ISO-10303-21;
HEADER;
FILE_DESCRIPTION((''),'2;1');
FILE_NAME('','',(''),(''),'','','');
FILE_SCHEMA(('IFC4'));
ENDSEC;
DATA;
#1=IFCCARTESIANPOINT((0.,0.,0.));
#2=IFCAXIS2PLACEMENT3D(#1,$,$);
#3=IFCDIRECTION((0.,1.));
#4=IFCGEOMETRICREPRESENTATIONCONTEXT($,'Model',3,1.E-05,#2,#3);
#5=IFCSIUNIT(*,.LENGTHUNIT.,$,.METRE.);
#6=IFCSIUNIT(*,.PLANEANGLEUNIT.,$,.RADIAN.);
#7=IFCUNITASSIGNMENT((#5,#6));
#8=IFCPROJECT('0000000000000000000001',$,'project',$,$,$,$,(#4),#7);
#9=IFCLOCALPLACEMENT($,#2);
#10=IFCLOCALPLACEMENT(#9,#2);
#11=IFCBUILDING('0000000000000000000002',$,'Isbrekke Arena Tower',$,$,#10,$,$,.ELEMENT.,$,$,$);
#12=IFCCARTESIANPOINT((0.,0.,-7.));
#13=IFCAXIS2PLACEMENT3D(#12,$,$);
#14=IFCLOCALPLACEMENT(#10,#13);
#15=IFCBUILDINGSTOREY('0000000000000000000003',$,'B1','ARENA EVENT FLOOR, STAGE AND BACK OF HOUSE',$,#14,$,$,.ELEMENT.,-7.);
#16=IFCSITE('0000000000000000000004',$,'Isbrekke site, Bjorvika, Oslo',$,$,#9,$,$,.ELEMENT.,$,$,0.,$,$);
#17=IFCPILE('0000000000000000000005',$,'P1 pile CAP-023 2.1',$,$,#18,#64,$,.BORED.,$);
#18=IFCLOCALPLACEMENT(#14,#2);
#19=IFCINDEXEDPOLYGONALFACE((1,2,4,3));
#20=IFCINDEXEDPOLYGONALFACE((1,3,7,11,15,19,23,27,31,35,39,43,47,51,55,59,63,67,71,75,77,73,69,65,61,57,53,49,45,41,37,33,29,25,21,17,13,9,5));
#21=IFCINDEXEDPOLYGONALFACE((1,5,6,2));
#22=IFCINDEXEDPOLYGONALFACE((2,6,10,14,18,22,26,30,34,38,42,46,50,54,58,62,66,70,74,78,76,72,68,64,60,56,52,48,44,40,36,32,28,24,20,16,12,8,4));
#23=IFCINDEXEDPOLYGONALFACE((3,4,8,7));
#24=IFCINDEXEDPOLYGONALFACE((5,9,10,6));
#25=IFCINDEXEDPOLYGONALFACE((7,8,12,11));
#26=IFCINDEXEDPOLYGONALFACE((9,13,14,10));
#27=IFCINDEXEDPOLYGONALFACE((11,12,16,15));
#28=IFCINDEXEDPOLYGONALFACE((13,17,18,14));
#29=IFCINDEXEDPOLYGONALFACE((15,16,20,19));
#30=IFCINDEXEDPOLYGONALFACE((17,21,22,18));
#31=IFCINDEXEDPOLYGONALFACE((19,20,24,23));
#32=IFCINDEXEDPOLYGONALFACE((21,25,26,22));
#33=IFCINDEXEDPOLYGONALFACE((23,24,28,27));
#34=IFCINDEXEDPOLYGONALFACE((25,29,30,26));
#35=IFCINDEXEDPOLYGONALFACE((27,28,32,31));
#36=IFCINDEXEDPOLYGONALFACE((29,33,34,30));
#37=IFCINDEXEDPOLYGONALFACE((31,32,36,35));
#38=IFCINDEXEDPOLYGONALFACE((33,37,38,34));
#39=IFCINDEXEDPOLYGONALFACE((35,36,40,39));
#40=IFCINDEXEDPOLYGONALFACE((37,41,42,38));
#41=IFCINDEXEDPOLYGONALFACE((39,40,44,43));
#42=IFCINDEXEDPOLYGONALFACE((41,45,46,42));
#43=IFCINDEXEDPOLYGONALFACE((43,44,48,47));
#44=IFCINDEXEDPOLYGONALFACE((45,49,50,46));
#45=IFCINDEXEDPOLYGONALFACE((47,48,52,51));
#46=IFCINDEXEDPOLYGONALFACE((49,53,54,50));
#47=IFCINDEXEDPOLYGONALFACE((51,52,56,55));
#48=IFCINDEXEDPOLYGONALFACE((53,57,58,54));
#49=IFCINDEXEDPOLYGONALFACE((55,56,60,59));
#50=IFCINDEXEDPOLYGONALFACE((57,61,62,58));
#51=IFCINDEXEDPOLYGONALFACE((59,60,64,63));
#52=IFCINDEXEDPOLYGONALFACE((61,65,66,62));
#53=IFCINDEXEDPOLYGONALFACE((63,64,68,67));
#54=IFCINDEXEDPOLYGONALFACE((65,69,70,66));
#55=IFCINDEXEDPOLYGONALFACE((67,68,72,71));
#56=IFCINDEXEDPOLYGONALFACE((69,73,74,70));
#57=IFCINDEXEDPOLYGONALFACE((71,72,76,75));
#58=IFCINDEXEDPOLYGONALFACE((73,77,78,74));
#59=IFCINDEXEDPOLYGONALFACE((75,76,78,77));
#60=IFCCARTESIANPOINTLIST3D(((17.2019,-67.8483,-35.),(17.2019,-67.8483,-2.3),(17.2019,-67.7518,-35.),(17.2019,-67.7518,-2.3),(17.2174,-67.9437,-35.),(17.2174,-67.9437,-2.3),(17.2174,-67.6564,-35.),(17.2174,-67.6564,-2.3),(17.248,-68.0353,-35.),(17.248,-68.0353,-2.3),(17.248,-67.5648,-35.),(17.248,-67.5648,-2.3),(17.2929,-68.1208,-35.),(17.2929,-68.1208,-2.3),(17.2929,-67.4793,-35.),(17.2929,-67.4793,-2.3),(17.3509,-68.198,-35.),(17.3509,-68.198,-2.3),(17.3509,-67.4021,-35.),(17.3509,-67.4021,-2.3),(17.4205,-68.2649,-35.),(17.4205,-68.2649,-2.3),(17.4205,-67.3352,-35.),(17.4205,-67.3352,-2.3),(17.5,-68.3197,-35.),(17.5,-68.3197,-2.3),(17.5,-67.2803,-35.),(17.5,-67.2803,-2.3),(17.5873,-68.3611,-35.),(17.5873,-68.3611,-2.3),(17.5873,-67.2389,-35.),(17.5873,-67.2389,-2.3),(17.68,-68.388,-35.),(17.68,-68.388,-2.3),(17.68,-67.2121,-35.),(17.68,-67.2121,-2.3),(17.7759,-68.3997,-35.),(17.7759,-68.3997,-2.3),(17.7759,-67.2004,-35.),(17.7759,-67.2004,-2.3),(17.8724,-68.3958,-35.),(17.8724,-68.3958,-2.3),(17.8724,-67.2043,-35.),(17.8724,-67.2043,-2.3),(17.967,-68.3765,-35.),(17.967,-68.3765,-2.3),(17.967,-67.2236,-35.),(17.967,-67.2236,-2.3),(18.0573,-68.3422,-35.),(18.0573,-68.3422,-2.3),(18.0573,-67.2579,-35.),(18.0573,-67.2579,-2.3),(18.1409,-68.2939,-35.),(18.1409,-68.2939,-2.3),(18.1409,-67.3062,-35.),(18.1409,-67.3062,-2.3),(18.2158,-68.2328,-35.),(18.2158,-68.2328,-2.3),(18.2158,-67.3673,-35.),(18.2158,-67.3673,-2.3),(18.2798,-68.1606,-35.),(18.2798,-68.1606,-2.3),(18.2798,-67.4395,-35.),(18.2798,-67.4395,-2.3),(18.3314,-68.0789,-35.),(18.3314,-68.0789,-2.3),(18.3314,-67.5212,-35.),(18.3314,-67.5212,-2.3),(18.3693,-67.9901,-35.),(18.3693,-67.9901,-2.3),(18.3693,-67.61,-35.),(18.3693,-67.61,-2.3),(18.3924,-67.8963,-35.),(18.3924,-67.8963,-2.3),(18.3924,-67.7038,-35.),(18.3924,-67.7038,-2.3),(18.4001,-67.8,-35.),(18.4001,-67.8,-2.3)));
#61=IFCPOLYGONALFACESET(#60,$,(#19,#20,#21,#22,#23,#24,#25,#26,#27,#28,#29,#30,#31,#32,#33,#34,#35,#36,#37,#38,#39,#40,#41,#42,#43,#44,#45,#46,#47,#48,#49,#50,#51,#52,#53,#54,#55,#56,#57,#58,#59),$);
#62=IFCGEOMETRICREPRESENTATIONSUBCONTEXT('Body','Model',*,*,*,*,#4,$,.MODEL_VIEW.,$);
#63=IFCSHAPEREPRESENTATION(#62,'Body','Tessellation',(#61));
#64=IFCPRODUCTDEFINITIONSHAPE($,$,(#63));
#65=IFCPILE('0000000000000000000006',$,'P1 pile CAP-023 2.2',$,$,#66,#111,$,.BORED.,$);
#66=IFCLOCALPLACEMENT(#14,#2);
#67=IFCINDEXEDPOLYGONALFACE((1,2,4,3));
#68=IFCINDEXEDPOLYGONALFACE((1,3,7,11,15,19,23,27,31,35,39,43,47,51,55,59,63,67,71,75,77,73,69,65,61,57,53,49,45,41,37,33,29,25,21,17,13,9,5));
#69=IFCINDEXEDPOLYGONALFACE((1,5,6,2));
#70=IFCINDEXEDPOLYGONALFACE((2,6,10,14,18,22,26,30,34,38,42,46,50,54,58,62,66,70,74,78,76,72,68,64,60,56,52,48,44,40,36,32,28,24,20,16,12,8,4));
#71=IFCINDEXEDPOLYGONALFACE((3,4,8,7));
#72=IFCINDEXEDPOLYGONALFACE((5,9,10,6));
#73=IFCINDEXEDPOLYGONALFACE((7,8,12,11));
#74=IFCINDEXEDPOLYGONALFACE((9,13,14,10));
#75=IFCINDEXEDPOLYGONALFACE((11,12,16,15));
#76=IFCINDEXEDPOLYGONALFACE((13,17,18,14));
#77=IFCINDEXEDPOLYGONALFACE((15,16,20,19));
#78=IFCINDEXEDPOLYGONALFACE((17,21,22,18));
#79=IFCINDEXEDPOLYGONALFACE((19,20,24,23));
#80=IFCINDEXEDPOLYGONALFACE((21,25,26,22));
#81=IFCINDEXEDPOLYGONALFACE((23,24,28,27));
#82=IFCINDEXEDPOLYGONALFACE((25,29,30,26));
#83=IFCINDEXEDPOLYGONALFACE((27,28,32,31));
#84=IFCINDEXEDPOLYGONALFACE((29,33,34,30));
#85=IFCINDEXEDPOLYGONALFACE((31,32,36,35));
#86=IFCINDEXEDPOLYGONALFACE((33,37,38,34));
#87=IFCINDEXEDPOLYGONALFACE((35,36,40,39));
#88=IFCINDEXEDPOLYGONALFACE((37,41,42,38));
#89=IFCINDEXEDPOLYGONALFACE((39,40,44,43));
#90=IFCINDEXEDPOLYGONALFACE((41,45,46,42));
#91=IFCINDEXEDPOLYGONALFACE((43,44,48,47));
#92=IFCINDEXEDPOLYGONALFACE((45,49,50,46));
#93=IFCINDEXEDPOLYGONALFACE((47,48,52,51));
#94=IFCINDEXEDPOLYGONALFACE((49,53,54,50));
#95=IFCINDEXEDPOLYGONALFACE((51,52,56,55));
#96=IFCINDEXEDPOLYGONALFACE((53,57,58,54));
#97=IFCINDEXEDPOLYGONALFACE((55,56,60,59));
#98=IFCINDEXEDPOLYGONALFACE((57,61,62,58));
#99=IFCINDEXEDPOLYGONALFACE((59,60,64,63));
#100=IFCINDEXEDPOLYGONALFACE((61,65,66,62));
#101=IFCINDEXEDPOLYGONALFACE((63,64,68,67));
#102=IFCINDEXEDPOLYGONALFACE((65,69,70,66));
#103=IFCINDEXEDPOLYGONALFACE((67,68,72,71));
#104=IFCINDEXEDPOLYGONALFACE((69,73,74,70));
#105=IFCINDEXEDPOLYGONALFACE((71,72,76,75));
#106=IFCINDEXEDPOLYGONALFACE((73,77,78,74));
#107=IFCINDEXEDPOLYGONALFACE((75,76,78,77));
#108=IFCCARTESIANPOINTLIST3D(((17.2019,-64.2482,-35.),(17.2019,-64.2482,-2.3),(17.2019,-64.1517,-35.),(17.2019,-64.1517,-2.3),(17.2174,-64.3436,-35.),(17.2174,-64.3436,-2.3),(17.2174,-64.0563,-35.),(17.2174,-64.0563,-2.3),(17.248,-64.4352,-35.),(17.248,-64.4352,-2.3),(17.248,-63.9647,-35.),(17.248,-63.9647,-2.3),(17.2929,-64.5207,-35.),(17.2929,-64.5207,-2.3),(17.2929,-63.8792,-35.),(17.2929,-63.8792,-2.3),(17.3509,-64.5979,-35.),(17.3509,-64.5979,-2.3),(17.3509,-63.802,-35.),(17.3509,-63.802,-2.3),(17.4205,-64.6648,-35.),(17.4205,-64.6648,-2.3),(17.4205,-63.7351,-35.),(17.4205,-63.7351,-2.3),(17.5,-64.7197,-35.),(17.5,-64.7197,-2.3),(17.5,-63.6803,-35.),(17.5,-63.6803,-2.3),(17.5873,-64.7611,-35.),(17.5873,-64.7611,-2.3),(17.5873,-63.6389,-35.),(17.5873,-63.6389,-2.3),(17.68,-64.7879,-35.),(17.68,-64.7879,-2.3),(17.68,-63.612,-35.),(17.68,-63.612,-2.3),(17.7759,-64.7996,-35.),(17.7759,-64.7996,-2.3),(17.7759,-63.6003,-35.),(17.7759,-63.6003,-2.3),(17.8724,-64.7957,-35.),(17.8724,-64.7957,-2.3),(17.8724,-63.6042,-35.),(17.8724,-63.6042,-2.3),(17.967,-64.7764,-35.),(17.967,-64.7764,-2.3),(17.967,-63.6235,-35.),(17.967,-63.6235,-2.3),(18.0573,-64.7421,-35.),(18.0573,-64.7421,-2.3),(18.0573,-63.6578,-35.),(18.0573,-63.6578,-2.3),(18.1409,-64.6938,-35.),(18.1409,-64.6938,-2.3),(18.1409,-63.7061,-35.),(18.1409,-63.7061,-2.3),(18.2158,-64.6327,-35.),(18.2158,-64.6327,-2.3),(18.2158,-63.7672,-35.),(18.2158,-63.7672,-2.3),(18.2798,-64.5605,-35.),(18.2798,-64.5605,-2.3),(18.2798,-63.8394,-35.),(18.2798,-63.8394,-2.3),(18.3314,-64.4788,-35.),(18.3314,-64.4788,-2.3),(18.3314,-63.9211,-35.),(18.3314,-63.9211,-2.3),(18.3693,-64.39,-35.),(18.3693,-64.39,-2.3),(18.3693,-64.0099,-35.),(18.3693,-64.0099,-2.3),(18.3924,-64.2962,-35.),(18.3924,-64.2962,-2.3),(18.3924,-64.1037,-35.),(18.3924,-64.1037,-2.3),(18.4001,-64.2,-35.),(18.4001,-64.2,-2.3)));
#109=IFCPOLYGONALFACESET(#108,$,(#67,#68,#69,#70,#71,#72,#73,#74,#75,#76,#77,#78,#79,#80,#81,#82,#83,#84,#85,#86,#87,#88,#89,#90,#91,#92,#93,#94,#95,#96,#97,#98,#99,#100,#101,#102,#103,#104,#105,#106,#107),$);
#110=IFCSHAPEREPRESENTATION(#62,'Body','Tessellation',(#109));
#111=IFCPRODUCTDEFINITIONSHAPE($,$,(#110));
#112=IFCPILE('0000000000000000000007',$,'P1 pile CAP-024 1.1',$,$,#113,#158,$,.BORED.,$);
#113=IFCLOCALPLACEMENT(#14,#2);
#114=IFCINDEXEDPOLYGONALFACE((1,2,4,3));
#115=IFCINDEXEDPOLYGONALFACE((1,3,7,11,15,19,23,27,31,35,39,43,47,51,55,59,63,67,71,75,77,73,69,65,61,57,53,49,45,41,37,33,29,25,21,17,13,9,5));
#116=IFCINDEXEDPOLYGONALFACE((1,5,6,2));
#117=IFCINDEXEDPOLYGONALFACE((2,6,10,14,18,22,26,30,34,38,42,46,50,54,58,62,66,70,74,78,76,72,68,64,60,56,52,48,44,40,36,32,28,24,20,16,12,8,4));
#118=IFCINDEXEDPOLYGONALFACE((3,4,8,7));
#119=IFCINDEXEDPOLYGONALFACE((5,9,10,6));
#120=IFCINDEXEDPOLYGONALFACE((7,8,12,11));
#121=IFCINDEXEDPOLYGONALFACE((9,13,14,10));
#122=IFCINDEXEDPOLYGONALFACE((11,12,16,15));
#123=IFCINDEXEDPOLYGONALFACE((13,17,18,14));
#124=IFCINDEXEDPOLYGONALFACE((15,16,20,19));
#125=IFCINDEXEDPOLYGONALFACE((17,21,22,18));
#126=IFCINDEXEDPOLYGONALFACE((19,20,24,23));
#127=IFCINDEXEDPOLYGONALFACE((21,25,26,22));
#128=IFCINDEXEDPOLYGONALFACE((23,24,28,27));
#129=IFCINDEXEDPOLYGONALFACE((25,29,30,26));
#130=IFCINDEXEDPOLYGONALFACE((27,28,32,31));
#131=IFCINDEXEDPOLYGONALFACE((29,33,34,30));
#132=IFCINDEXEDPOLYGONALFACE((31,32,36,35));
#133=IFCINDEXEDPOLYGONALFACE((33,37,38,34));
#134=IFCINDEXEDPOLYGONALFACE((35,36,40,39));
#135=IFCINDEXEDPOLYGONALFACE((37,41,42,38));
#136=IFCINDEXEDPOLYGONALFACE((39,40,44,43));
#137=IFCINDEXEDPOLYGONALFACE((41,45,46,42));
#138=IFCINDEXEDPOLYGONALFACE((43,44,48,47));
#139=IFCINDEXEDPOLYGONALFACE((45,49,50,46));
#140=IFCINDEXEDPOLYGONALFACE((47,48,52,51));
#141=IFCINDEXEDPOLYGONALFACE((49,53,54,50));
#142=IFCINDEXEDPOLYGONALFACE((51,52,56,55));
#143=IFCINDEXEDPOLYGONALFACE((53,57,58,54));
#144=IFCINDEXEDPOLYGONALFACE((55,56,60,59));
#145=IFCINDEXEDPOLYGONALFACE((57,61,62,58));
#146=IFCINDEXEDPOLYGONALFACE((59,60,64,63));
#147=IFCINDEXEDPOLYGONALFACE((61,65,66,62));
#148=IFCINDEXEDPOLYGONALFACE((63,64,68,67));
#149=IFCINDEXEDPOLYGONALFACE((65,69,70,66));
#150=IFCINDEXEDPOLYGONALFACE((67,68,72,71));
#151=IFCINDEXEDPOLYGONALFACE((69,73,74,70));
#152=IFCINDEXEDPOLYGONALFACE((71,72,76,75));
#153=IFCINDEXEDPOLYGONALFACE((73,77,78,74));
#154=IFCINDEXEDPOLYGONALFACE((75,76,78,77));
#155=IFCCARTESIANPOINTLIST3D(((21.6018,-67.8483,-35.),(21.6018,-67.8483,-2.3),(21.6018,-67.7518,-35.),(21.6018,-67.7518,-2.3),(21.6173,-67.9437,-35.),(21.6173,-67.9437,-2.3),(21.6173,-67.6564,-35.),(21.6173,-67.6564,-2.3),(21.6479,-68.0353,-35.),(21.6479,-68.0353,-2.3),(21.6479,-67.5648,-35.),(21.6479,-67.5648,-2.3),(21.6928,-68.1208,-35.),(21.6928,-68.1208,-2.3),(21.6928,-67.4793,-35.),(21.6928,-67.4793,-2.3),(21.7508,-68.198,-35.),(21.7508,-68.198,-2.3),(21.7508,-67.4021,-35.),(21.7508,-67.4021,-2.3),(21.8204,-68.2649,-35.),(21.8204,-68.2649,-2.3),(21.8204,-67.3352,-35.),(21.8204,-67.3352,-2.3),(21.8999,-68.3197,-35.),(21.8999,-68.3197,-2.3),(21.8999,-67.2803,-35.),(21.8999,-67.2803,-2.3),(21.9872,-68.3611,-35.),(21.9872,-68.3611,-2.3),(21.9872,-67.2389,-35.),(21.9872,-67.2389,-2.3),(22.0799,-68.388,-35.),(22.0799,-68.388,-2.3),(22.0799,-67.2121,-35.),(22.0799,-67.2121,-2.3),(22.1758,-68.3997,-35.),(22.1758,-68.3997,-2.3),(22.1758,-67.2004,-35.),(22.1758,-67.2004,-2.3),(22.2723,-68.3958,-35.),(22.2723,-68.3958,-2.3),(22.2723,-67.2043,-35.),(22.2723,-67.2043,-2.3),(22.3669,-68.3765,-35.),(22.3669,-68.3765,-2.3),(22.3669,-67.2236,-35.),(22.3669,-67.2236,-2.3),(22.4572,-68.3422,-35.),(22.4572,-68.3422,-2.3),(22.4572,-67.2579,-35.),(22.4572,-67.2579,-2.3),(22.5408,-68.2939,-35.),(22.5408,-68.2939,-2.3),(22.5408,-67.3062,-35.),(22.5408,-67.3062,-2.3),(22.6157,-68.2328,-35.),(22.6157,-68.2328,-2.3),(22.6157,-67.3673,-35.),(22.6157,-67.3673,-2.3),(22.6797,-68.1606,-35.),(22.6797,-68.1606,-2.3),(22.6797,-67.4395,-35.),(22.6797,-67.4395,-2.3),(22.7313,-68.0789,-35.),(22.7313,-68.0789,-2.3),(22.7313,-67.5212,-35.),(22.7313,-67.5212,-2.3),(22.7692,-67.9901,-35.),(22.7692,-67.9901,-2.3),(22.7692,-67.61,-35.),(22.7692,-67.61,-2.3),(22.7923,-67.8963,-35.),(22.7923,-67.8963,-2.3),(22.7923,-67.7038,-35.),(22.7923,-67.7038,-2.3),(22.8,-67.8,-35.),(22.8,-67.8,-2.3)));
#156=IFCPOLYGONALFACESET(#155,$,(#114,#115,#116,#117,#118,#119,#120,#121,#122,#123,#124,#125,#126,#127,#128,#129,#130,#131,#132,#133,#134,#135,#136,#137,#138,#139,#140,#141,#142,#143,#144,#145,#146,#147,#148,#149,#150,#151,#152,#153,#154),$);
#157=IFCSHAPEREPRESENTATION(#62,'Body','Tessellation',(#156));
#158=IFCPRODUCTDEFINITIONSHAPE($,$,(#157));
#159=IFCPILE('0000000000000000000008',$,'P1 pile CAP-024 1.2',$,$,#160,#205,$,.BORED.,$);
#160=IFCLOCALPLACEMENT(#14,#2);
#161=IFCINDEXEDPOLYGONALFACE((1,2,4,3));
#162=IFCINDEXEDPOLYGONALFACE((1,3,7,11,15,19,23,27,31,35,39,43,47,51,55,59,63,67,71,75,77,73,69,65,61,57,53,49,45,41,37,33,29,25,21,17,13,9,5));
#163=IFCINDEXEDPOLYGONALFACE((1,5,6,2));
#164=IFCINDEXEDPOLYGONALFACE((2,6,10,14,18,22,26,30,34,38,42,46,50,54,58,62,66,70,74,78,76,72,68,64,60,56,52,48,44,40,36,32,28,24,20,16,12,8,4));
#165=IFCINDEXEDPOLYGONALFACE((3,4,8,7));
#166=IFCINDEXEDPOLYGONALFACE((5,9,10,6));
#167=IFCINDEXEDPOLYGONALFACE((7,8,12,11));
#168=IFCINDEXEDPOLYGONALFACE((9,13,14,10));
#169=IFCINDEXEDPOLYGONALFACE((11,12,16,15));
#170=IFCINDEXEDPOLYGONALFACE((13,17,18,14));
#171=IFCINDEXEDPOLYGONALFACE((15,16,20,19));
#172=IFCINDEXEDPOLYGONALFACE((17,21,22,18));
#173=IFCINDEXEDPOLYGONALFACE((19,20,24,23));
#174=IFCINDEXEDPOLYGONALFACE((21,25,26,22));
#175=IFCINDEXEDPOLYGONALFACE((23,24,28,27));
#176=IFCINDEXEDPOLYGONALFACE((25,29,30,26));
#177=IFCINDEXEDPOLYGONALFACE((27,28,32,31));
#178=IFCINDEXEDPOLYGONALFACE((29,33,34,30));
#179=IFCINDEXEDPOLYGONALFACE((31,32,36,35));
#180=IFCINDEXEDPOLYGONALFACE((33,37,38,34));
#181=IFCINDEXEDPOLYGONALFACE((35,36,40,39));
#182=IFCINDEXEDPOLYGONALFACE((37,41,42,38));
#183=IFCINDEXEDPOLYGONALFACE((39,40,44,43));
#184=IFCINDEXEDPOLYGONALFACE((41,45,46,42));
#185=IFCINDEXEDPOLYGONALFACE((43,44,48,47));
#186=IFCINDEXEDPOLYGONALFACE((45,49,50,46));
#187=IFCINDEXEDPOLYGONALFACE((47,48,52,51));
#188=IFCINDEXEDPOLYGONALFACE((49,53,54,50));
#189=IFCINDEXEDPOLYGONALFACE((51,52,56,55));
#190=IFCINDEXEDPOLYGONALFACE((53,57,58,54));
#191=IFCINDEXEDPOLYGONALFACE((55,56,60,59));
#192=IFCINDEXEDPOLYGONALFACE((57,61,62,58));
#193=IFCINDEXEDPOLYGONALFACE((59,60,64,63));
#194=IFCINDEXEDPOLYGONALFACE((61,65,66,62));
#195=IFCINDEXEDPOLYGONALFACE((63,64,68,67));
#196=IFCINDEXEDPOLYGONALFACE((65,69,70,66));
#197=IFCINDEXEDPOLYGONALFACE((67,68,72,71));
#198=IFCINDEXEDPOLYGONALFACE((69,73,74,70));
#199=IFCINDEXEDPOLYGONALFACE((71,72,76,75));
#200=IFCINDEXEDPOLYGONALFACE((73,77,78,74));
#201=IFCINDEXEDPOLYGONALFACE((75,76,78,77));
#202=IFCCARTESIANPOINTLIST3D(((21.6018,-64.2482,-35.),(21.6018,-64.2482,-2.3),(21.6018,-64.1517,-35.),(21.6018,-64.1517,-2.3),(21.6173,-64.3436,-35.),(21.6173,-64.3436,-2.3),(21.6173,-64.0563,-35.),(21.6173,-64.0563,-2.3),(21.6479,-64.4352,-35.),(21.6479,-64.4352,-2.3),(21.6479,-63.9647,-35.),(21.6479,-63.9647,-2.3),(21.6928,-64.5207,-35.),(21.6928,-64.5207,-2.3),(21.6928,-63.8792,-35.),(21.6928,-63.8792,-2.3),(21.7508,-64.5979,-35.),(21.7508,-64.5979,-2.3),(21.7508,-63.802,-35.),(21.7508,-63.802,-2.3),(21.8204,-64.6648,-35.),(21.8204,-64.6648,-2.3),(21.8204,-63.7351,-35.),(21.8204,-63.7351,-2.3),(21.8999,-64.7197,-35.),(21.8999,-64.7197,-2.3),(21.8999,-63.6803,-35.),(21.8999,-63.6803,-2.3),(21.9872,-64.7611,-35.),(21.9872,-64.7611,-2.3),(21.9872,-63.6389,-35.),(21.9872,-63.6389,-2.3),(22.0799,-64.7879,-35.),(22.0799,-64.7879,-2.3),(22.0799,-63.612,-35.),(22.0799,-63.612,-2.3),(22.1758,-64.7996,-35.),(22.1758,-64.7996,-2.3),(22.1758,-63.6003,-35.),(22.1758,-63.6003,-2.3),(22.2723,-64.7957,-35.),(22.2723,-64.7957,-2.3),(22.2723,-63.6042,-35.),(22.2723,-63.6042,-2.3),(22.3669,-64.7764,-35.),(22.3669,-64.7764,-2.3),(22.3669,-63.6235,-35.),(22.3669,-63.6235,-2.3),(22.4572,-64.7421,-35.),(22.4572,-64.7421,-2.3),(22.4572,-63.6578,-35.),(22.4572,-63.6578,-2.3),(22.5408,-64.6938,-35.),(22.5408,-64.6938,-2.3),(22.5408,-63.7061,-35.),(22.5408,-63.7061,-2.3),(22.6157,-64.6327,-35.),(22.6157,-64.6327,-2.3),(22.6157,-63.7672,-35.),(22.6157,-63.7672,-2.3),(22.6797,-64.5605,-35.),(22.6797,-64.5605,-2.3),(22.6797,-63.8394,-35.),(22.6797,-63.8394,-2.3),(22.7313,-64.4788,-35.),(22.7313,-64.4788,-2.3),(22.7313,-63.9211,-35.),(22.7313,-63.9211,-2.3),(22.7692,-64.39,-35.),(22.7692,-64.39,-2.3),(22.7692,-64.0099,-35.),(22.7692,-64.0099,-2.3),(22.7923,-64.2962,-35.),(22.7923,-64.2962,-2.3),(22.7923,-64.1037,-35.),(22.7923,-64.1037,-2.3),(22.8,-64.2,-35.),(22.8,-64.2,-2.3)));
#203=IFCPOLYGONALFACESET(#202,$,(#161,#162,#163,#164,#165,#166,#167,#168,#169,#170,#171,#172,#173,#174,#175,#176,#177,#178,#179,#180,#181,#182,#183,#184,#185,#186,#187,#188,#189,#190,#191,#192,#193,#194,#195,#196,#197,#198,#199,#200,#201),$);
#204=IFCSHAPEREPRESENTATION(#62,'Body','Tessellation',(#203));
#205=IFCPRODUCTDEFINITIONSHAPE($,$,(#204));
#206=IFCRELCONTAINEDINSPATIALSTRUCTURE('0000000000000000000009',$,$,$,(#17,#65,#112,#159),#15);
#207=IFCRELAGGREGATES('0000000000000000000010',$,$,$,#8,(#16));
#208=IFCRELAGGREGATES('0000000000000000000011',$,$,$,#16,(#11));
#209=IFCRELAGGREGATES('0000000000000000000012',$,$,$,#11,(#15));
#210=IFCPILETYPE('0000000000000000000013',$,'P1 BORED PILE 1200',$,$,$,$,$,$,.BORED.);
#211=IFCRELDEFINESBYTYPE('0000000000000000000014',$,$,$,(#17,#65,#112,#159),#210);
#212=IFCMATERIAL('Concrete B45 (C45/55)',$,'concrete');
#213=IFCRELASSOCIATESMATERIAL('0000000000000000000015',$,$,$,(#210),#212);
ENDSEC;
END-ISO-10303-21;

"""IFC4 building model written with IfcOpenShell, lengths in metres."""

from ifc_helpers import new_model, si_unit, direction, frame, origin, origin_2d, place, context, subcontext, project, spatial, circle, extrude, material, material_profile, profile_set, type_object, element, save


model = new_model("IFC4")

# Units and contexts
model_context = context("Model", 3, precision=1e-05, world=origin(), true_north=direction((0.0, 1.0)))
body_context = subcontext(model_context, "Body", "Model", "MODEL_VIEW")
ifc_project = project(units=[si_unit("LENGTHUNIT", "METRE"), si_unit("PLANEANGLEUNIT", "RADIAN")], contexts=[model_context])

# Site, building, storey
site_placement = place(None, origin())
site = spatial("IfcSite", under=ifc_project, at=site_placement, Name="Isbrekke site, Bjorvika, Oslo", CompositionType="ELEMENT", RefElevation=0.0)
building_placement = place(site_placement, origin())
building = spatial("IfcBuilding", under=site, at=building_placement, Name="Isbrekke Arena Tower", CompositionType="ELEMENT")
storey_placement = place(building_placement, frame((0.0, 0.0, -7.0)))
storey = spatial("IfcBuildingStorey", under=building, at=storey_placement, Name="B1", Description="ARENA EVENT FLOOR, STAGE AND BACK OF HOUSE", CompositionType="ELEMENT", Elevation=-7.0)

# Piles
ifc_material_1 = material(Name="Concrete B45 (C45/55)", Category="concrete")
ifc_material_profile_1 = material_profile(ifc_material_1, circle(Radius=0.6001, at=origin_2d()), Name="BORED PILE D1200")
ifc_profile_set_1 = profile_set([ifc_material_profile_1], Name="Concrete B45 (C45/55)")
pile_type = type_object("IfcPileType", Name="P1 BORED PILE 1200", PredefinedType="BORED", material=ifc_profile_set_1)
for number, where, z_axis, x_axis, name in (
    (1, (17.8, -67.8, -2.3), (0.0, 0.0, -1.0), (1.0, 0.0, 0.0), "P1 pile CAP-023 2.1"),
    (2, (17.8, -64.2, -2.3), (0.0, 0.0, -1.0), (1.0, 0.0, 0.0), "P1 pile CAP-023 2.2"),
    (3, (22.2, -67.8, -2.3), (0.0, 0.0, -1.0), (1.0, 0.0, 0.0), "P1 pile CAP-024 1.1"),
    (4, (22.2, -64.2, -2.3), (0.0, 0.0, -1.0), (1.0, 0.0, 0.0), "P1 pile CAP-024 1.2"),
):
    element("IfcPile", number, at=place(storey_placement, frame(where, z_axis=z_axis, x_axis=x_axis)), inside=storey, type_object=pile_type, Name=name, PredefinedType="BORED", context=body_context, shape_type="SweptSolid", body=[
        extrude(circle(Radius=0.6001, at=origin_2d()), origin(), (0.0, 0.0, 1.0), 32.7),
    ])

save(model, "model.ifc")
